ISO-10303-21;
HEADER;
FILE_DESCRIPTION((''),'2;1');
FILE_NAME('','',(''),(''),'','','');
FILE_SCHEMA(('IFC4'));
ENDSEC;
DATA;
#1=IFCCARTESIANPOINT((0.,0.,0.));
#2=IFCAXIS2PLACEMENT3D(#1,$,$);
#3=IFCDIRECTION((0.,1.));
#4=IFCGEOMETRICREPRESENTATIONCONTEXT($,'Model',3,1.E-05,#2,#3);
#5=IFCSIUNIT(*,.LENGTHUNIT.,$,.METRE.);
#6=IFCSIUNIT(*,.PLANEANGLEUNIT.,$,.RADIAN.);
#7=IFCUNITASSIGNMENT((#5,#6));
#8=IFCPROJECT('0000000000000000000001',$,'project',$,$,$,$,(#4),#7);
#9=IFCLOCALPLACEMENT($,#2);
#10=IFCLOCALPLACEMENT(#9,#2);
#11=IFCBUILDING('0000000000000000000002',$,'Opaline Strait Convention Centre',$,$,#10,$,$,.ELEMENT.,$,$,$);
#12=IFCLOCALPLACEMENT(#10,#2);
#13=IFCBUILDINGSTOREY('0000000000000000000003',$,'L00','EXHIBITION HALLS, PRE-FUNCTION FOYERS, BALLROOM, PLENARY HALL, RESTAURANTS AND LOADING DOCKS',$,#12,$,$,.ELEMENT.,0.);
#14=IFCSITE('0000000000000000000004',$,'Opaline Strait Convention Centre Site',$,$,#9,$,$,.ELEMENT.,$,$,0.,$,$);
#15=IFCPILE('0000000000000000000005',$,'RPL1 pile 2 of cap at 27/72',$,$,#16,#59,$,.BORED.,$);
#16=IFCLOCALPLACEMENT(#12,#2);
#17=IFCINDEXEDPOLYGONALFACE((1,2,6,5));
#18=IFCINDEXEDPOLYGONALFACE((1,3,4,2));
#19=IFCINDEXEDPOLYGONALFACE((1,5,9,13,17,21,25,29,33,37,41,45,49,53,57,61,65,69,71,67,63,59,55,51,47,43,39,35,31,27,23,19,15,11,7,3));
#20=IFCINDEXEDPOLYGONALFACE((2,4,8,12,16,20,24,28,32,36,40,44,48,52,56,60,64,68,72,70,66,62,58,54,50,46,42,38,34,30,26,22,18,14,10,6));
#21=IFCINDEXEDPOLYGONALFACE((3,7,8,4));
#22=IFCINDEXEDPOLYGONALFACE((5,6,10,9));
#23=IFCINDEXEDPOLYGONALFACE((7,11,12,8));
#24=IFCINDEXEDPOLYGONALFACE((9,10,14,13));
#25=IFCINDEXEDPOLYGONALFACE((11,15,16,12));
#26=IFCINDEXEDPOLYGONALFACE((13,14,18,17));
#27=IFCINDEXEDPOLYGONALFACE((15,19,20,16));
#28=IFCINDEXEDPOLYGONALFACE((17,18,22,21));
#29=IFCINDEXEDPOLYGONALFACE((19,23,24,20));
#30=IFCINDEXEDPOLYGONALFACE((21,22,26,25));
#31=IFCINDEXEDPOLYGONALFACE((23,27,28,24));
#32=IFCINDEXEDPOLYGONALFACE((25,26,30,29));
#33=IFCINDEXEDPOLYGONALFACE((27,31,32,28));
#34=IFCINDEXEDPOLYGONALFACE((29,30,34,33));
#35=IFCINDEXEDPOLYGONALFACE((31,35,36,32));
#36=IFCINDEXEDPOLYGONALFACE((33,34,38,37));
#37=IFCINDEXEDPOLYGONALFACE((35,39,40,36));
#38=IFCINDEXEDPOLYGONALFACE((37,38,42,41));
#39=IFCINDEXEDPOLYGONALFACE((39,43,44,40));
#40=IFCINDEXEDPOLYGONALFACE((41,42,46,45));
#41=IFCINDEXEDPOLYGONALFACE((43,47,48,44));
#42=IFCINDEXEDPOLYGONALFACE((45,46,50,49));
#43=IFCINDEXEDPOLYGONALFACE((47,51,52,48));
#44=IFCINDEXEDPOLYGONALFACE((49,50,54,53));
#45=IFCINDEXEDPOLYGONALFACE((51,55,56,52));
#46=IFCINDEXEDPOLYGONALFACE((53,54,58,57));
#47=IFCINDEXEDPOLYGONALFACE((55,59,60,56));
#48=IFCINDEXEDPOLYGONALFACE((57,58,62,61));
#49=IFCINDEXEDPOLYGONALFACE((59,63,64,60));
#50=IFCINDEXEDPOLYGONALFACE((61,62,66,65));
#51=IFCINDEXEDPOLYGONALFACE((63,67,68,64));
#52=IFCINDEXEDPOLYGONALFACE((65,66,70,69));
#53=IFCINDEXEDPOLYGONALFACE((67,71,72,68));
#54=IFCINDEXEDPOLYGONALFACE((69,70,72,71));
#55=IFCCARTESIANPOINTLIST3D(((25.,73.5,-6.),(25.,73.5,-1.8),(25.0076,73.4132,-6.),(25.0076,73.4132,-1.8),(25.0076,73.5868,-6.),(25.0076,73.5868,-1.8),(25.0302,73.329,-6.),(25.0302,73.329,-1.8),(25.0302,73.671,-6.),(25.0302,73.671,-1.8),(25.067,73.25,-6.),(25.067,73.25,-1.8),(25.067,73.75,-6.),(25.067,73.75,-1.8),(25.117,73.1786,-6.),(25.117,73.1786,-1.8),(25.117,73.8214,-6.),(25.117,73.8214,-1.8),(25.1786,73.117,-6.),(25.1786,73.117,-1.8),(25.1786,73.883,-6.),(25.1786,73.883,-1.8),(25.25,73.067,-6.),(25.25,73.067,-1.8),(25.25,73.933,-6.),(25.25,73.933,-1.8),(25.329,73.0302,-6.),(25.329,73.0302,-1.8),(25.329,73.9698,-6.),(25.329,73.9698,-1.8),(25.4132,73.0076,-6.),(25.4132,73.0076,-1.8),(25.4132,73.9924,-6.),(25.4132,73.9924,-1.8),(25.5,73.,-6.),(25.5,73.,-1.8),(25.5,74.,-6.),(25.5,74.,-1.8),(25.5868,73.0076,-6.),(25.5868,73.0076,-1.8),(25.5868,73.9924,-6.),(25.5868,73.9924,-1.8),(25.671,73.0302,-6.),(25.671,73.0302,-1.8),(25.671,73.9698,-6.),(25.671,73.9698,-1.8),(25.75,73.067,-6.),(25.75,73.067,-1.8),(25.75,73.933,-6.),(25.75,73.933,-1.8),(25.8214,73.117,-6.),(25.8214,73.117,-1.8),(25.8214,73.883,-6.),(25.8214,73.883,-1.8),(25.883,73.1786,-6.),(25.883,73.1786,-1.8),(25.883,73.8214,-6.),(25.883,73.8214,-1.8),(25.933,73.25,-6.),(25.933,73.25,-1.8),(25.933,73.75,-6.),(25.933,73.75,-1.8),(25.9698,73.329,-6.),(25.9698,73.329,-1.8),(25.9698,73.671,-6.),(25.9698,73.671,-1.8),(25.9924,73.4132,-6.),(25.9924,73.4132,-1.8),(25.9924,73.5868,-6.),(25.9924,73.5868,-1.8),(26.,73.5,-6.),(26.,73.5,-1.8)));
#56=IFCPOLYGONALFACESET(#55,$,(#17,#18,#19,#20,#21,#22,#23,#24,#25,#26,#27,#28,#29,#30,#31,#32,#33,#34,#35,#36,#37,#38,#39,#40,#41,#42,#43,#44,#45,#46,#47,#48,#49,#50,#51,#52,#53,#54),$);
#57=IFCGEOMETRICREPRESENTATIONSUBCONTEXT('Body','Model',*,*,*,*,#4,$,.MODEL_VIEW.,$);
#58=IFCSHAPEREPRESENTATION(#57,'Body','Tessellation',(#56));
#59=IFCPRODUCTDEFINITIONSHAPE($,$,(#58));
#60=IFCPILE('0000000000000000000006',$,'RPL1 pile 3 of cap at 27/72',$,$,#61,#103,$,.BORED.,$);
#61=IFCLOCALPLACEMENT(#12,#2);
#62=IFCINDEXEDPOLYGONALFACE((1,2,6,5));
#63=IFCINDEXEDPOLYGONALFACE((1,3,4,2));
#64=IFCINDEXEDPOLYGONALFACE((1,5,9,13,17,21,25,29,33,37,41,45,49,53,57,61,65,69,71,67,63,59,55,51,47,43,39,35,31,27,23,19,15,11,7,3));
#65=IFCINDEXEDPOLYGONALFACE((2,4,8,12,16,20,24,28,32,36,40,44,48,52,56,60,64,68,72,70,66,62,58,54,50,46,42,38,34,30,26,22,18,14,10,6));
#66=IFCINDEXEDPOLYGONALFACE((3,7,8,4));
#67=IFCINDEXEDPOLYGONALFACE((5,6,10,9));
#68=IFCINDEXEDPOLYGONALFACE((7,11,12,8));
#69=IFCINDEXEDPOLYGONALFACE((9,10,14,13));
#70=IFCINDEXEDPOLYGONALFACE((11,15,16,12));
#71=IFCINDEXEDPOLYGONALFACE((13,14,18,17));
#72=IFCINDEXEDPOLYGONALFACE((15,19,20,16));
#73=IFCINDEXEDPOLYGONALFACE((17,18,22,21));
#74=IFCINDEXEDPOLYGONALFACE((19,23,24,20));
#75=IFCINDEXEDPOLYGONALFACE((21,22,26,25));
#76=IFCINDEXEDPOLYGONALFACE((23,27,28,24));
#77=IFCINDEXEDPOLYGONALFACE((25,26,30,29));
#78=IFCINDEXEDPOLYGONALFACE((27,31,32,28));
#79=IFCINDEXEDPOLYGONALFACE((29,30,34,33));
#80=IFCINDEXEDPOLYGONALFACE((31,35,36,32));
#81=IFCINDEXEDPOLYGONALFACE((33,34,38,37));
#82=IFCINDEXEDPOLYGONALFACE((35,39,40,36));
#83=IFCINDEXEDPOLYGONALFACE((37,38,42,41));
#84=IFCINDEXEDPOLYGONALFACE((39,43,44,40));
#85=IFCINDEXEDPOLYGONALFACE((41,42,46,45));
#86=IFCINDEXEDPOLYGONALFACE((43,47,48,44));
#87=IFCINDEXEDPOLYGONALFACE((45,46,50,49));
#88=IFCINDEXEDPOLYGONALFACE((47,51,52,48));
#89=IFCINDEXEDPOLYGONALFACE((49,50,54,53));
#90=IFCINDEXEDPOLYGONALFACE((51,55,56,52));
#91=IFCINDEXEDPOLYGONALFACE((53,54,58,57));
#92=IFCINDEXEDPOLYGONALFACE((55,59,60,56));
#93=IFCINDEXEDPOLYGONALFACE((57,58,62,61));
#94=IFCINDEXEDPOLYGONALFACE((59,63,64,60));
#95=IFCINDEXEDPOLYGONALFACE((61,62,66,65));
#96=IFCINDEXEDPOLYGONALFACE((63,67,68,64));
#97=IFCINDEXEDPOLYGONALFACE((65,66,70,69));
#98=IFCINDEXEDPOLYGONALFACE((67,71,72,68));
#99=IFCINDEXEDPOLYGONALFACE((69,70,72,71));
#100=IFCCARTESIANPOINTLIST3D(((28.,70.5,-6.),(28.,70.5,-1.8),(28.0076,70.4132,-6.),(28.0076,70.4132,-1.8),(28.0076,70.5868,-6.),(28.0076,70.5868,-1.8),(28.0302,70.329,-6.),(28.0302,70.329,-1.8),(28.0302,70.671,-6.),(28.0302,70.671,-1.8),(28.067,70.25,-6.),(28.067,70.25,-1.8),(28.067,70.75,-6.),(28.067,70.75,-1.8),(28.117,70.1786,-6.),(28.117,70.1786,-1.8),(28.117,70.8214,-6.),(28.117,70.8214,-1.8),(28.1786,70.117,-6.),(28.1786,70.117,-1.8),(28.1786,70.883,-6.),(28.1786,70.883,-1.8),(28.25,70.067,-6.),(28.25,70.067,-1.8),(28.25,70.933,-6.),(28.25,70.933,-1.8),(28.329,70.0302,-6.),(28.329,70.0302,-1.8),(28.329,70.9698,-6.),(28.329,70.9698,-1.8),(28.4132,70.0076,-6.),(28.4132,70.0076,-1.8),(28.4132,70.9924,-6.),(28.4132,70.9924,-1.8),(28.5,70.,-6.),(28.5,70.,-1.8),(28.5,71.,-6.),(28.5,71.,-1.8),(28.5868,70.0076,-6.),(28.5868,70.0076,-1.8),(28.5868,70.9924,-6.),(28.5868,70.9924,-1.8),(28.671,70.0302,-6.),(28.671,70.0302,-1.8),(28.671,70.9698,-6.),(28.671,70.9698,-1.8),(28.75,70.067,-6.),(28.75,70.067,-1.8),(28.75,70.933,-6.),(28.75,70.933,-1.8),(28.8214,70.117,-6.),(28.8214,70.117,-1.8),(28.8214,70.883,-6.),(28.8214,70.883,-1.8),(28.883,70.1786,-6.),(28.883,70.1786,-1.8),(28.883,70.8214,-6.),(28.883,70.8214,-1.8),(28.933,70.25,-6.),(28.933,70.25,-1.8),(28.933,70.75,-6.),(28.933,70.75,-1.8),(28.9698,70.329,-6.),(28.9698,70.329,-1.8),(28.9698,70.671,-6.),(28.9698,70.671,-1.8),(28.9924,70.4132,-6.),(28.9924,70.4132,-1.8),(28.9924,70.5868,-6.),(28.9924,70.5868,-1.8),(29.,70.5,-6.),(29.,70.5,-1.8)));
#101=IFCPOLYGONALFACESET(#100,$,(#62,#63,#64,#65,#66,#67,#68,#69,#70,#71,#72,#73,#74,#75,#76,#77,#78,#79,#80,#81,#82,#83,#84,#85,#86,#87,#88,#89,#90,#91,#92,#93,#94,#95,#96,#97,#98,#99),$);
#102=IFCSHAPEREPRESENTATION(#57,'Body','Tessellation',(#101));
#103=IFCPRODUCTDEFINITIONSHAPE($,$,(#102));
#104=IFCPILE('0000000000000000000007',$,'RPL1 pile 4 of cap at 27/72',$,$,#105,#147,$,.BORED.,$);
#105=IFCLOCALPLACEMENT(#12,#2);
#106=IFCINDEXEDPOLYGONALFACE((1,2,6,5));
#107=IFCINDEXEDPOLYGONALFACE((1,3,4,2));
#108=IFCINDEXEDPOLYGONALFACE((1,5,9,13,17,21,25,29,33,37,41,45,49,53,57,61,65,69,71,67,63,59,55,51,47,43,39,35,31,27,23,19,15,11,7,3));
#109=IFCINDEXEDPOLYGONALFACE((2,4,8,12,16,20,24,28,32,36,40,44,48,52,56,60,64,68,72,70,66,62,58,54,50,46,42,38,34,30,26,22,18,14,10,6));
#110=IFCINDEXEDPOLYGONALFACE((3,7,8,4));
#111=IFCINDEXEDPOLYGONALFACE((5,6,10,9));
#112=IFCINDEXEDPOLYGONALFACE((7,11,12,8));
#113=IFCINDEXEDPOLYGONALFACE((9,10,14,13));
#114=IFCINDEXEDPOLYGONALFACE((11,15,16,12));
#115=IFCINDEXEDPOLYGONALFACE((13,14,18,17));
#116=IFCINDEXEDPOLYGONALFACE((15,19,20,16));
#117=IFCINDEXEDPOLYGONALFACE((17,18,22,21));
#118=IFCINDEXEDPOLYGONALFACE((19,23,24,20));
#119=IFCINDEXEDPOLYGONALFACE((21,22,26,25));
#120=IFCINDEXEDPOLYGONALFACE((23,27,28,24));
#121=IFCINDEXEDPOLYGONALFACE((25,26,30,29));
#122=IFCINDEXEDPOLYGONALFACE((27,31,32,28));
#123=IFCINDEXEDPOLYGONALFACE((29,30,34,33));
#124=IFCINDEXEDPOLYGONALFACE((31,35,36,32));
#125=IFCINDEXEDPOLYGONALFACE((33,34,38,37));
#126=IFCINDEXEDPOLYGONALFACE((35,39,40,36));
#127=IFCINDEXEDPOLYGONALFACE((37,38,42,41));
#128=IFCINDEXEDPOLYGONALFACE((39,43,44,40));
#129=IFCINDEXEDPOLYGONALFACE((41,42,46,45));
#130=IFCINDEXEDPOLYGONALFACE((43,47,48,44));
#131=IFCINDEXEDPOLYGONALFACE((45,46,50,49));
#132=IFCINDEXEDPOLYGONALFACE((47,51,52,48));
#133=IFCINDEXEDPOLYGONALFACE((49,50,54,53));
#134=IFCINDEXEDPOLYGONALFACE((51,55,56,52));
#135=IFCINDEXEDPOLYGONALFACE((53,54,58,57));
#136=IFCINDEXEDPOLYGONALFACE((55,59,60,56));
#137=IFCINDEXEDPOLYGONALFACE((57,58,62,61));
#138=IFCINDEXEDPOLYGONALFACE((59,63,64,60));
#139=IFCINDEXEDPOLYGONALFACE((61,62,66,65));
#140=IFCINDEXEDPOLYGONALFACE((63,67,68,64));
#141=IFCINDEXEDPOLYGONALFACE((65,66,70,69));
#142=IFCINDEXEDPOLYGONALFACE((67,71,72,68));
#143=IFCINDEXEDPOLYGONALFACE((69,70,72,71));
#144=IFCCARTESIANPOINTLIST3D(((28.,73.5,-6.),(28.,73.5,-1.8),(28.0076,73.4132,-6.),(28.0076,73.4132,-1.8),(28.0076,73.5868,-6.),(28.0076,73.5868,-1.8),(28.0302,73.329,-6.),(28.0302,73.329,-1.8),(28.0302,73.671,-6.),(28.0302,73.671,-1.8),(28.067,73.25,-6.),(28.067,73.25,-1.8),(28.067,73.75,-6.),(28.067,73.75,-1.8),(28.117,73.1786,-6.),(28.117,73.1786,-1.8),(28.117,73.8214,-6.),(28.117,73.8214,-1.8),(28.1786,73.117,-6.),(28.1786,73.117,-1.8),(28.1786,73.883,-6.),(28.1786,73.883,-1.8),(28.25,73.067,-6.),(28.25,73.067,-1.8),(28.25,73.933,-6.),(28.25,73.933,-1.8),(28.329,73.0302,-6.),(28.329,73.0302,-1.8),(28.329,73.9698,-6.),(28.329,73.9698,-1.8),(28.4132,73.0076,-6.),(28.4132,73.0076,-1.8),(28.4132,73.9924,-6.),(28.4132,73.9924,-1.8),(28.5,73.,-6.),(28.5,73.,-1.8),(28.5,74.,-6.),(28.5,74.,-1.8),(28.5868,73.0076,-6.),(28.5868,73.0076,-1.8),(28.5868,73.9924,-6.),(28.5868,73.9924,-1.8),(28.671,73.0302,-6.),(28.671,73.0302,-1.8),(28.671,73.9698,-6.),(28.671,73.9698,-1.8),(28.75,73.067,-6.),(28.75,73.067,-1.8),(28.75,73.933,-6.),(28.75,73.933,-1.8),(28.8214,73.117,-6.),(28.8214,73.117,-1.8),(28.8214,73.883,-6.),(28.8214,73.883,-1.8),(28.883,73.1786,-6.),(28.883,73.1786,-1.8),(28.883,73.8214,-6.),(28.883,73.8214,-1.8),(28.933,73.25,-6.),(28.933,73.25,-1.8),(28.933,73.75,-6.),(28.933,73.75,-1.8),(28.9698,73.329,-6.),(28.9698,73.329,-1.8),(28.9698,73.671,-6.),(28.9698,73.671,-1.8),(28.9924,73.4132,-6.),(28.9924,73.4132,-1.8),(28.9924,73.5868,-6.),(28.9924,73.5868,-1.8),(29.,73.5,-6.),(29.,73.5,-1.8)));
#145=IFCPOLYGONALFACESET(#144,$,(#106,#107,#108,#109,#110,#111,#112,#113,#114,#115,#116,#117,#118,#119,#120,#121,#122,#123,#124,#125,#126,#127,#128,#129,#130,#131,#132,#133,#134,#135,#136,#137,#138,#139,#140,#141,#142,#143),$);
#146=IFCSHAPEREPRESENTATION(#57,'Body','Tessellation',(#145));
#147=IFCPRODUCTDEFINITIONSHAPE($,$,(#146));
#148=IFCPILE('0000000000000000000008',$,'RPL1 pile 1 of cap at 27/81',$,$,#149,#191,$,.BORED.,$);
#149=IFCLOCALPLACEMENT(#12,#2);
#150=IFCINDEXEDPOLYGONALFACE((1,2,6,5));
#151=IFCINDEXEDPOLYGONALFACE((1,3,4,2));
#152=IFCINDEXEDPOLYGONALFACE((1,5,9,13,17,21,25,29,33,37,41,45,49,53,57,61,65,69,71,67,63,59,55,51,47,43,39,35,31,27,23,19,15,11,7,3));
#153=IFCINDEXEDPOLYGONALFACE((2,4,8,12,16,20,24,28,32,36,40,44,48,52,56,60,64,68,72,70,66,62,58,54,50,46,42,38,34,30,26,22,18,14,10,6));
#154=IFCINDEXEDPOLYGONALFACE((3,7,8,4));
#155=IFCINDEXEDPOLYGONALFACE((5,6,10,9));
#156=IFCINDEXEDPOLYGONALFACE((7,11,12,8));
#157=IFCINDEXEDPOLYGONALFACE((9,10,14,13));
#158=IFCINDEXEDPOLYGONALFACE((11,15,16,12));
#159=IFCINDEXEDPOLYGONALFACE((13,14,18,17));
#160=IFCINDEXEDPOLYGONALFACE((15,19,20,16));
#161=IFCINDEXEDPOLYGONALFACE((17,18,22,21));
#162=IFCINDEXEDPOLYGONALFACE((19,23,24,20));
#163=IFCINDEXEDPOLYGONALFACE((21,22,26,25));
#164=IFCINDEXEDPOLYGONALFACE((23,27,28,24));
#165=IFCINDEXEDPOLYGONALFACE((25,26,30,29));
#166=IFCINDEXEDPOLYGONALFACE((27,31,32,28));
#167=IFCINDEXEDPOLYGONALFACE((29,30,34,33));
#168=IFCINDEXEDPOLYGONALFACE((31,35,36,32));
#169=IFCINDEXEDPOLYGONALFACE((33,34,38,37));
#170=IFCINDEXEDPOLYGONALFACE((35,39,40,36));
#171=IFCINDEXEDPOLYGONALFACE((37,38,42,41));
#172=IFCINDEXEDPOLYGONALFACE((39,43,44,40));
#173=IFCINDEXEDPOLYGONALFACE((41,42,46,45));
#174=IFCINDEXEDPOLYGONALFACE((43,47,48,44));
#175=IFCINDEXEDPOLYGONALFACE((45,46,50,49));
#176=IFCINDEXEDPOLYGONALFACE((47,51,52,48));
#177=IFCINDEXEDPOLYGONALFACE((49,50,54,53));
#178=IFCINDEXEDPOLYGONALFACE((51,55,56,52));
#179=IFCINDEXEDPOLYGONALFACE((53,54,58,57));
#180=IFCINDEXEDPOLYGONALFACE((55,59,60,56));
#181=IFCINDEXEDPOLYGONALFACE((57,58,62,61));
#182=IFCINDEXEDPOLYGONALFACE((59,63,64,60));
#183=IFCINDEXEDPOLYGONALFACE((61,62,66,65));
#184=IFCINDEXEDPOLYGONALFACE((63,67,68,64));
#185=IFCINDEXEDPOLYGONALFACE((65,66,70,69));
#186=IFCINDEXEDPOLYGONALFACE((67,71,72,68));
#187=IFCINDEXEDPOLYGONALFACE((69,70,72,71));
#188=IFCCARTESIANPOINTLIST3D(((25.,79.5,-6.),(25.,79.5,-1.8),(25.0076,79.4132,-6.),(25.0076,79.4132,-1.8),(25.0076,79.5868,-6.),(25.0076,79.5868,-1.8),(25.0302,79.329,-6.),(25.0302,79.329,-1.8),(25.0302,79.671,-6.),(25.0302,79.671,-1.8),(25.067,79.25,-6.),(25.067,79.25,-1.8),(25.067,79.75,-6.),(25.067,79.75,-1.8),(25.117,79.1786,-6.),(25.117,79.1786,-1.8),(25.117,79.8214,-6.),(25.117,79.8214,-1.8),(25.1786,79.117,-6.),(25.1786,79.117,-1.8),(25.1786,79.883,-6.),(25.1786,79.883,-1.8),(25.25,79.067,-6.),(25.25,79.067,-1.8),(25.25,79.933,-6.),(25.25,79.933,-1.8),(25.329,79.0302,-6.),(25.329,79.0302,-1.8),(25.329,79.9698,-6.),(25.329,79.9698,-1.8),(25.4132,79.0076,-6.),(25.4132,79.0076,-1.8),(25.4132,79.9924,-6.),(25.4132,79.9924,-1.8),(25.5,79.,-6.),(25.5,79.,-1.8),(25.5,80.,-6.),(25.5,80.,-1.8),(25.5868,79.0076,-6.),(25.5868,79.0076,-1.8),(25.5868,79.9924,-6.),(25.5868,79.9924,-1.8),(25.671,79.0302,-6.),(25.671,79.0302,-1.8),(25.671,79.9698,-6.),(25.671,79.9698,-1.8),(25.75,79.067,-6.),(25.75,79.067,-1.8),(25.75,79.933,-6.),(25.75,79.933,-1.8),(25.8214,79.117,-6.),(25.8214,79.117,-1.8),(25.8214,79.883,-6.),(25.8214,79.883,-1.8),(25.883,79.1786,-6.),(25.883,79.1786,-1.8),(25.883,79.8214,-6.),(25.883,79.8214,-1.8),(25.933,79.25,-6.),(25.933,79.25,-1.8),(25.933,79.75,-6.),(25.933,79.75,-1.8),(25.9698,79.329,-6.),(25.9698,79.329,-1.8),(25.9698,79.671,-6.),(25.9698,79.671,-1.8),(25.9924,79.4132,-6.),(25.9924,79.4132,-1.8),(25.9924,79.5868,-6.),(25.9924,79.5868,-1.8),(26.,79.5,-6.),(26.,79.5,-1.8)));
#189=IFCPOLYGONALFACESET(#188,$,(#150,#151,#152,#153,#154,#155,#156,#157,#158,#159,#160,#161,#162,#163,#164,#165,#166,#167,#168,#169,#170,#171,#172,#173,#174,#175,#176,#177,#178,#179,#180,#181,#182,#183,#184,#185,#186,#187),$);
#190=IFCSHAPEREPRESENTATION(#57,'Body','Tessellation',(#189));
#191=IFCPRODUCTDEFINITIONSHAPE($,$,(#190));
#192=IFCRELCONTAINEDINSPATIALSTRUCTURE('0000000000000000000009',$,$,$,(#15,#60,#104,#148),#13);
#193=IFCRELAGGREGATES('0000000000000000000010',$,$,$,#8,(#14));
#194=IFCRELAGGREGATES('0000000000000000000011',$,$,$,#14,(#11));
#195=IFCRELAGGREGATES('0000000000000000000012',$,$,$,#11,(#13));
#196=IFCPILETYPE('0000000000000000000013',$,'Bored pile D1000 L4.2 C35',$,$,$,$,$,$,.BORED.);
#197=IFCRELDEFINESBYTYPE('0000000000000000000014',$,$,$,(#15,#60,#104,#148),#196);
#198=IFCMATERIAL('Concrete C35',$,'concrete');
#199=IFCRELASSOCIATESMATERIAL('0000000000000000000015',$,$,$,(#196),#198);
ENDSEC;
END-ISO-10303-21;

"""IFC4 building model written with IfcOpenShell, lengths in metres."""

from ifc_helpers import new_model, si_unit, direction, frame, origin, origin_2d, place, context, subcontext, project, spatial, circle, extrude, material, material_profile, profile_set, type_object, element, save


model = new_model("IFC4")

# Units and contexts
model_context = context("Model", 3, precision=1e-05, world=origin(), true_north=direction((0.0, 1.0)))
body_context = subcontext(model_context, "Body", "Model", "MODEL_VIEW")
ifc_project = project(units=[si_unit("LENGTHUNIT", "METRE"), si_unit("PLANEANGLEUNIT", "RADIAN")], contexts=[model_context])

# Site, building, storey
site_placement = place(None, origin())
site = spatial("IfcSite", under=ifc_project, at=site_placement, Name="Opaline Strait Convention Centre Site", CompositionType="ELEMENT", RefElevation=0.0)
building_placement = place(site_placement, origin())
building = spatial("IfcBuilding", under=site, at=building_placement, Name="Opaline Strait Convention Centre", CompositionType="ELEMENT")
storey_placement = place(building_placement, origin())
storey = spatial("IfcBuildingStorey", under=building, at=storey_placement, Name="L00", Description="EXHIBITION HALLS, PRE-FUNCTION FOYERS, BALLROOM, PLENARY HALL, RESTAURANTS AND LOADING DOCKS", CompositionType="ELEMENT", Elevation=0.0)

# Piles
ifc_material_1 = material(Name="Concrete C35", Category="concrete")
ifc_material_profile_1 = material_profile(ifc_material_1, circle(Radius=0.5, at=origin_2d()), Name="D1000")
ifc_profile_set_1 = profile_set([ifc_material_profile_1], Name="Concrete C35")
pile_type = type_object("IfcPileType", Name="Bored pile D1000 L4.2 C35", PredefinedType="BORED", material=ifc_profile_set_1)
for number, where, z_axis, x_axis, name in (
    (1, (25.5, 73.5, -1.8), (0.0, 0.0, -1.0), (1.0, 0.0, 0.0), "RPL1 pile 2 of cap at 27/72"),
    (2, (28.5, 70.5, -1.8), (0.0, 0.0, -1.0), (1.0, 0.0, 0.0), "RPL1 pile 3 of cap at 27/72"),
    (3, (28.5, 73.5, -1.8), (0.0, 0.0, -1.0), (1.0, 0.0, 0.0), "RPL1 pile 4 of cap at 27/72"),
    (4, (25.5, 79.5, -1.8), (0.0, 0.0, -1.0), (1.0, 0.0, 0.0), "RPL1 pile 1 of cap at 27/81"),
):
    element("IfcPile", number, at=place(storey_placement, frame(where, z_axis=z_axis, x_axis=x_axis)), inside=storey, type_object=pile_type, Name=name, PredefinedType="BORED", context=body_context, shape_type="SweptSolid", body=[
        extrude(circle(Radius=0.5, at=origin_2d()), origin(), (0.0, 0.0, 1.0), 4.2),
    ])

save(model, "model.ifc")
